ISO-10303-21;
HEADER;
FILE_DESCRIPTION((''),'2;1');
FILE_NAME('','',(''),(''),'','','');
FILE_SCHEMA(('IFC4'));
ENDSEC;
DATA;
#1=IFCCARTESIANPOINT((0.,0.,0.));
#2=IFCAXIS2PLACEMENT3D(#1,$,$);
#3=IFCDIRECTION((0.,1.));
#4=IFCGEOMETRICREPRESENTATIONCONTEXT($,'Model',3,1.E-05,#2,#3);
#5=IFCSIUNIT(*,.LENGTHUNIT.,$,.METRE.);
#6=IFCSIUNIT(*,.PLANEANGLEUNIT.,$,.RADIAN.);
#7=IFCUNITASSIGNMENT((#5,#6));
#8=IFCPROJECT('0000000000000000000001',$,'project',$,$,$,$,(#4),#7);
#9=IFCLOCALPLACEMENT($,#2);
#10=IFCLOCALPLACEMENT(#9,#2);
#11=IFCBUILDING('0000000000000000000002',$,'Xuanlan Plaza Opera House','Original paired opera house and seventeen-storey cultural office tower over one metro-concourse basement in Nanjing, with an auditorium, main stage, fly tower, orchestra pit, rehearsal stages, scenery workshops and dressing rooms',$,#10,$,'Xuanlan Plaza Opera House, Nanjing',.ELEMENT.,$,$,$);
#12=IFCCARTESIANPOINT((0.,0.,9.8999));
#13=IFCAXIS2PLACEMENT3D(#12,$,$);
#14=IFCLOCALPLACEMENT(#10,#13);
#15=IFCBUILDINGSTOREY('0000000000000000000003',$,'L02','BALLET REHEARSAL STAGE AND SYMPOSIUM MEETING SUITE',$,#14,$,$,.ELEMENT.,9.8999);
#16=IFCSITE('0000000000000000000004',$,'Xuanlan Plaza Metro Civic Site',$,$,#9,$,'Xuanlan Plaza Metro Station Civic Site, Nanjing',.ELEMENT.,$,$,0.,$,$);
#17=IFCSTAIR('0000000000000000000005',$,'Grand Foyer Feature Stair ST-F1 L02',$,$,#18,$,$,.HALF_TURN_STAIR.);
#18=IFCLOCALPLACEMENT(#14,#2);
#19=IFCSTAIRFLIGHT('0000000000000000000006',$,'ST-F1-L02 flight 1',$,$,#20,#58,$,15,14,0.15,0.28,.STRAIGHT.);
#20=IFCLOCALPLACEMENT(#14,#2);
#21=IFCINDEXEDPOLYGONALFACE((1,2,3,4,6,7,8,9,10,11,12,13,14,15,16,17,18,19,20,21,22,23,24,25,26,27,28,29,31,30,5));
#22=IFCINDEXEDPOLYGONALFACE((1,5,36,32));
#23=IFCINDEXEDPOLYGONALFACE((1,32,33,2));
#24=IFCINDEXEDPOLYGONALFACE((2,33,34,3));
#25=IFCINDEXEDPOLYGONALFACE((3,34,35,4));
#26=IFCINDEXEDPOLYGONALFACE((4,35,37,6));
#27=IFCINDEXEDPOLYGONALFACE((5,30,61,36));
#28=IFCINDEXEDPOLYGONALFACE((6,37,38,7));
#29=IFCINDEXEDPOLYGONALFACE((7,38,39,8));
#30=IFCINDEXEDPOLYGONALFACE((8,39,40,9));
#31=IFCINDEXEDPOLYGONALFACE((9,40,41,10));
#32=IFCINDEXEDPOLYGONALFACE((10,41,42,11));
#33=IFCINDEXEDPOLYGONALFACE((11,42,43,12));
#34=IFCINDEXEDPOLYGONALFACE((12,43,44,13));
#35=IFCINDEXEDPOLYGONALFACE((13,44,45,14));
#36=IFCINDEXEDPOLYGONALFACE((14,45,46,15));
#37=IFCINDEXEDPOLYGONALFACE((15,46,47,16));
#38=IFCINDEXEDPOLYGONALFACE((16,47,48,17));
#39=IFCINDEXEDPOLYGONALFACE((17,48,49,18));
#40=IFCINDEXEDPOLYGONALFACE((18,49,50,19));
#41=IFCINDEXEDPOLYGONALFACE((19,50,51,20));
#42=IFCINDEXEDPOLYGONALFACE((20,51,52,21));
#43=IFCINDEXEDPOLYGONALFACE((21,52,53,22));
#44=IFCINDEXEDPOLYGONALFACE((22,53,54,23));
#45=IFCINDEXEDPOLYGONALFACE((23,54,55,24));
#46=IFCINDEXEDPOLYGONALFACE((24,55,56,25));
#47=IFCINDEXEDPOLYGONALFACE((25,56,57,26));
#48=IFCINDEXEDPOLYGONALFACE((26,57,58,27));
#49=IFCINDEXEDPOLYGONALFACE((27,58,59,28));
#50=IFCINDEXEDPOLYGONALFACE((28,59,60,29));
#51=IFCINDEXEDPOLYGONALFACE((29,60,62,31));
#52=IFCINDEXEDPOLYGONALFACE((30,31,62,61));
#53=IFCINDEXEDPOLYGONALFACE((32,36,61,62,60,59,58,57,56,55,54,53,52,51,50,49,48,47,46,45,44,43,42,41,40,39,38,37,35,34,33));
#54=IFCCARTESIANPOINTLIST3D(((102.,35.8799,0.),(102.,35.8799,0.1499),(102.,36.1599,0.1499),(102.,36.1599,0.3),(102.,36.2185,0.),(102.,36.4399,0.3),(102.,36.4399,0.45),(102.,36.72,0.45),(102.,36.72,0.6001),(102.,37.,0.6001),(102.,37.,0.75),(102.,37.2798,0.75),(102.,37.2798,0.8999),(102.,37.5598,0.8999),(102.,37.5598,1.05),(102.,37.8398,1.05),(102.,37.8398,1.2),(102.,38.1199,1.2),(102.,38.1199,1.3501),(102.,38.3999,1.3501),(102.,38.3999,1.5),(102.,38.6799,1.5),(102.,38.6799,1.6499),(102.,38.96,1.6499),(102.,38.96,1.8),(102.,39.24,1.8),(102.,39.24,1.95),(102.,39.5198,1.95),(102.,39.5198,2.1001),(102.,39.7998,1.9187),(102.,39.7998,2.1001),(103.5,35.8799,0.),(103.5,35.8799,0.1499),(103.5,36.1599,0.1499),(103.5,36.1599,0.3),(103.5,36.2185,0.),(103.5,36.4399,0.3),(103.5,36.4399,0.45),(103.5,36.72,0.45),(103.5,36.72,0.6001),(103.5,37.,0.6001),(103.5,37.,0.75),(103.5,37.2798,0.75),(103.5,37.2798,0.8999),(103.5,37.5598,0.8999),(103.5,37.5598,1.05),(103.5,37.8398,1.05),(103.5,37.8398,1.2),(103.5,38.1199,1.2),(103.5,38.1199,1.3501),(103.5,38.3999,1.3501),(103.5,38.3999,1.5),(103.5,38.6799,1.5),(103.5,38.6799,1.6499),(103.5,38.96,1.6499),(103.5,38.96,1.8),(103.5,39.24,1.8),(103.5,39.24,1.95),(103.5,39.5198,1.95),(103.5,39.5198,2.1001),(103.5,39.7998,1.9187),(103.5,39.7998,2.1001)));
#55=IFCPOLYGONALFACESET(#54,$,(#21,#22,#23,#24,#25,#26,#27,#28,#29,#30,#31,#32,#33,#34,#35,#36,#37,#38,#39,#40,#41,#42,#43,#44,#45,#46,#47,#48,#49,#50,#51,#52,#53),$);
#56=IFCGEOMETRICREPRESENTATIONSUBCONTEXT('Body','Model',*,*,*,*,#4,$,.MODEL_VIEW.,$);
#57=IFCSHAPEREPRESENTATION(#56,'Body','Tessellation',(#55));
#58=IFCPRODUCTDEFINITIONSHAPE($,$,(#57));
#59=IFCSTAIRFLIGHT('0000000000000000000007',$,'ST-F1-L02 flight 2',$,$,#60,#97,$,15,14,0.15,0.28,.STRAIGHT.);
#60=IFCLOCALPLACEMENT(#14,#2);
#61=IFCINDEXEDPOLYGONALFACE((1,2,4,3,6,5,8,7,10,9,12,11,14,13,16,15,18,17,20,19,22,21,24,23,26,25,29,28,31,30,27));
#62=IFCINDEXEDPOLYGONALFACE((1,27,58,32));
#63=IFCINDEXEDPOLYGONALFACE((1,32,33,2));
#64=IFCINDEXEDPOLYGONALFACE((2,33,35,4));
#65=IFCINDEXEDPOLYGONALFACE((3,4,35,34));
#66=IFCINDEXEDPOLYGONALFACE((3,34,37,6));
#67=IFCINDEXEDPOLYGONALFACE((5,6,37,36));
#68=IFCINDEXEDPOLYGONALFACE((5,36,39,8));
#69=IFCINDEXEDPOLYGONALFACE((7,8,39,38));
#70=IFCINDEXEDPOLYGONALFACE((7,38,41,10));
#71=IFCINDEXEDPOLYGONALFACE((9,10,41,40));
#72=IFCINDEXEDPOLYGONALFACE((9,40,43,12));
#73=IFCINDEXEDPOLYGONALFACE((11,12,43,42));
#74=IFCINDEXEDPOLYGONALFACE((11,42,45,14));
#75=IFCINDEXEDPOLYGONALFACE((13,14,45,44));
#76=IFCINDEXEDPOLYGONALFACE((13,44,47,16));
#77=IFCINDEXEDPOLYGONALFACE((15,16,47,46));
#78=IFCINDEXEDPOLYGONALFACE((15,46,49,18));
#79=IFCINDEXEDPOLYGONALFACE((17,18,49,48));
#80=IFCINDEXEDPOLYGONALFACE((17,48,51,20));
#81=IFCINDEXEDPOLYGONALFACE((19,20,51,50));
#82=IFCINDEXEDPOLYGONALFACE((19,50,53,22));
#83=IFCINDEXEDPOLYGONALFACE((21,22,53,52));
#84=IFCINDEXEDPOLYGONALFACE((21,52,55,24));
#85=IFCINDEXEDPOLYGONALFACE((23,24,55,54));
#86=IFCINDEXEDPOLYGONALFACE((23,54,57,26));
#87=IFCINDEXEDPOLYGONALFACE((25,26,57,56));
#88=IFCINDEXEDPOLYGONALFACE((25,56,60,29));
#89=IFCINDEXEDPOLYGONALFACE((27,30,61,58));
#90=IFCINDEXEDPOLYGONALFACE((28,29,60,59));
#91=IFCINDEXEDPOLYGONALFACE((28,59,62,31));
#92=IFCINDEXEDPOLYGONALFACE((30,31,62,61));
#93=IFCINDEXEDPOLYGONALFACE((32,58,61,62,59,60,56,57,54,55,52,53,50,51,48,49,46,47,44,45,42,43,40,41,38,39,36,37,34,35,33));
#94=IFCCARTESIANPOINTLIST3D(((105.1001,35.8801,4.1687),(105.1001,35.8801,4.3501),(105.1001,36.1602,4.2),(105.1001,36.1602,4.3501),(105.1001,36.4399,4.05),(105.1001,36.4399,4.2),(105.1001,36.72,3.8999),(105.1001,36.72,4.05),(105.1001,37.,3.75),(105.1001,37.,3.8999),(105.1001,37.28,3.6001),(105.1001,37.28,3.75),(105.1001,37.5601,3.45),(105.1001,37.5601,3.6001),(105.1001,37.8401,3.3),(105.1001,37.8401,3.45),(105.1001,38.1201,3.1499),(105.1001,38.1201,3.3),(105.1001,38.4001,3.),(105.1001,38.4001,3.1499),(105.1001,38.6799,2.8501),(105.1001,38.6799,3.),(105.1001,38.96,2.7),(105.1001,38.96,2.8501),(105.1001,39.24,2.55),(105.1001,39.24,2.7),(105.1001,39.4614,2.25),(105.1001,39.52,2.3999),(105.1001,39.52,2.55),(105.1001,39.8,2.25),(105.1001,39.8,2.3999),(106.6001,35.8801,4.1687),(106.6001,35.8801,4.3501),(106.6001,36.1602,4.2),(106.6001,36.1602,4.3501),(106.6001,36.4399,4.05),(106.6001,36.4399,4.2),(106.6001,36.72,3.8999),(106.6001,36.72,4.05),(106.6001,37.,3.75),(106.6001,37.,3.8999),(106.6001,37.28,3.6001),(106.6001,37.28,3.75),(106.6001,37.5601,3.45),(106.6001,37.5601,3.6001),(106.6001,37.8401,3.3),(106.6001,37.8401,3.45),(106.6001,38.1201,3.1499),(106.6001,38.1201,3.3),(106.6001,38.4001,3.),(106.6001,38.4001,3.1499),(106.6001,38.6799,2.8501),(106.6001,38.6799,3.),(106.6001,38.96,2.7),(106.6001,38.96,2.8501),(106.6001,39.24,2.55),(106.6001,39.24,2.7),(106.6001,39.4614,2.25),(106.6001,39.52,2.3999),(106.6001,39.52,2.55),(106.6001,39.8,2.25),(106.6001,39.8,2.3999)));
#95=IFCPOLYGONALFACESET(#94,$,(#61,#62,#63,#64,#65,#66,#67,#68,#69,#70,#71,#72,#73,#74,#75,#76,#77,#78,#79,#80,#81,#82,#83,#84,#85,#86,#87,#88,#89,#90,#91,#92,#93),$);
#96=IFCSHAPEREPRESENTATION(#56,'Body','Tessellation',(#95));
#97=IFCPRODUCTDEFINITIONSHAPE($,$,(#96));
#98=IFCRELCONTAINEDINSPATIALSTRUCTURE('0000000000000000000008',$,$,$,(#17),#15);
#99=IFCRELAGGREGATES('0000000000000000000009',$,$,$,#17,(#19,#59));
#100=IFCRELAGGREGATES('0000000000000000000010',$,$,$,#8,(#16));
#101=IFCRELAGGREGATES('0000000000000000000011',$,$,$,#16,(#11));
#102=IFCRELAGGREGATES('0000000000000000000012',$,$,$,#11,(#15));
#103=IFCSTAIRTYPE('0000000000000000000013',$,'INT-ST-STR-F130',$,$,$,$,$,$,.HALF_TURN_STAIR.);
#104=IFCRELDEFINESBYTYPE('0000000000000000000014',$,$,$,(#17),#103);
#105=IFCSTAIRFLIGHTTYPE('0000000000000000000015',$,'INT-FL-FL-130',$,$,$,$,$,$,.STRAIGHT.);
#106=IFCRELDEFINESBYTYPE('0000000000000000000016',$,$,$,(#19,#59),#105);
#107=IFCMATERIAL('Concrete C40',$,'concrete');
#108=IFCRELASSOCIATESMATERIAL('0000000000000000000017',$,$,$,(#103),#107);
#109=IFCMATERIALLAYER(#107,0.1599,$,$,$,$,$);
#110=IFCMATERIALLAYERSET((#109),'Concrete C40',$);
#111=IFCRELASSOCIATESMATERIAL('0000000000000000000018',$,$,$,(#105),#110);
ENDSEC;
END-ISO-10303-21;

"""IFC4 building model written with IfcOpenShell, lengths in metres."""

from ifc_helpers import new_model, si_unit, direction, frame, origin, place, context, subcontext, project, spatial, polyline, outline, extrude, material, layer, layer_set, type_object, element, aggregate, save


model = new_model("IFC4")

# Units and contexts
model_context = context("Model", 3, precision=1e-05, world=origin(), true_north=direction((0.0, 1.0)))
body_context = subcontext(model_context, "Body", "Model", "MODEL_VIEW")
ifc_project = project(units=[si_unit("LENGTHUNIT", "METRE"), si_unit("PLANEANGLEUNIT", "RADIAN")], contexts=[model_context])

# Site, building, storey
site_placement = place(None, origin())
site = spatial("IfcSite", under=ifc_project, at=site_placement, Name="Xuanlan Plaza Metro Civic Site", LongName="Xuanlan Plaza Metro Station Civic Site, Nanjing", CompositionType="ELEMENT", RefElevation=0.0)
building_placement = place(site_placement, origin())
building = spatial("IfcBuilding", under=site, at=building_placement, Name="Xuanlan Plaza Opera House", Description="Original paired opera house and seventeen-storey cultural office tower over one metro-concourse basement in Nanjing, with an auditorium, main stage, fly tower, orchestra pit, rehearsal stages, scenery workshops and dressing rooms", LongName="Xuanlan Plaza Opera House, Nanjing", CompositionType="ELEMENT")
storey_placement = place(building_placement, frame((0.0, 0.0, 9.8999)))
storey = spatial("IfcBuildingStorey", under=building, at=storey_placement, Name="L02", Description="BALLET REHEARSAL STAGE AND SYMPOSIUM MEETING SUITE", CompositionType="ELEMENT", Elevation=9.8999)

# Shared definitions
ifc_material_1 = material(Name="Concrete C40", Category="concrete")

# Stair, stair flights
stair_type = type_object("IfcStairType", Name="INT-ST-STR-F130", PredefinedType="HALF_TURN_STAIR", material=ifc_material_1)
stair_placement = place(storey_placement, origin())
stair = element("IfcStair", 1, at=stair_placement, inside=storey, type_object=stair_type, Name="Grand Foyer Feature Stair ST-F1 L02", PredefinedType="HALF_TURN_STAIR")
ifc_layer_1 = layer(ifc_material_1, 0.1599)
ifc_layer_set_1 = layer_set([ifc_layer_1], Name="Concrete C40")
stair_flight_type = type_object("IfcStairFlightType", Name="INT-FL-FL-130", PredefinedType="STRAIGHT", material=ifc_layer_set_1)
stair_flight_1_placement = place(storey_placement, frame((102.75, 35.8799, 0.0), z_axis=(0.0, 0.0, 1.0), x_axis=(0.0, 1.0, 0.0)))
stair_flight_1 = element("IfcStairFlight", 2, at=stair_flight_1_placement, type_object=stair_flight_type, Name="ST-F1-L02 flight 1", NumberOfRisers=15, NumberOfTreads=14, PredefinedType="STRAIGHT", RiserHeight=0.15, TreadLength=0.28, context=body_context, shape_type="SweptSolid", body=[
    extrude(outline(polyline([(0.0, 0.0), (0.0, 0.1499), (0.28, 0.1499), (0.28, 0.3), (0.5601, 0.3), (0.5601, 0.45), (0.8401, 0.45), (0.8401, 0.6001), (1.1201, 0.6001), (1.1201, 0.75), (1.3999, 0.75), (1.3999, 0.8999), (1.6799, 0.8999), (1.6799, 1.05), (1.96, 1.05), (1.96, 1.2), (2.24, 1.2), (2.24, 1.3501), (2.52, 1.3501), (2.52, 1.5), (2.8, 1.5), (2.8, 1.6499), (3.0801, 1.6499), (3.0801, 1.8), (3.3601, 1.8), (3.3601, 1.95), (3.6399, 1.95), (3.6399, 2.1001), (3.9199, 2.1001), (3.9199, 2.25), (3.9199, 1.9187), (0.3386, 0.0), (0.0, 0.0)])), frame((0.0, 0.75, 0.0), z_axis=(0.0, -1.0, 0.0), x_axis=(1.0, 0.0, 0.0)), (0.0, 0.0, 1.0), 1.5),
])
stair_flight_2_placement = place(storey_placement, frame((105.8501, 39.8, 2.25), z_axis=(0.0, 0.0, 1.0), x_axis=(0.0, -1.0, 0.0)))
stair_flight_2 = element("IfcStairFlight", 3, at=stair_flight_2_placement, type_object=stair_flight_type, Name="ST-F1-L02 flight 2", NumberOfRisers=15, NumberOfTreads=14, PredefinedType="STRAIGHT", RiserHeight=0.15, TreadLength=0.28, context=body_context, shape_type="SweptSolid", body=[
    extrude(outline(polyline([(0.0, 0.0), (0.0, 0.1499), (0.28, 0.1499), (0.28, 0.3), (0.5601, 0.3), (0.5601, 0.45), (0.8401, 0.45), (0.8401, 0.6001), (1.1201, 0.6001), (1.1201, 0.75), (1.3999, 0.75), (1.3999, 0.8999), (1.6799, 0.8999), (1.6799, 1.05), (1.96, 1.05), (1.96, 1.2), (2.24, 1.2), (2.24, 1.3501), (2.52, 1.3501), (2.52, 1.5), (2.8, 1.5), (2.8, 1.6499), (3.0801, 1.6499), (3.0801, 1.8), (3.3601, 1.8), (3.3601, 1.95), (3.6399, 1.95), (3.6399, 2.1001), (3.9199, 2.1001), (3.9199, 2.25), (3.9199, 1.9187), (0.3386, 0.0), (0.0, 0.0)])), frame((0.0, 0.75, 0.0), z_axis=(0.0, -1.0, 0.0), x_axis=(1.0, 0.0, 0.0)), (0.0, 0.0, 1.0), 1.5),
])
aggregate(stair, [stair_flight_1, stair_flight_2])

save(model, "model.ifc")
